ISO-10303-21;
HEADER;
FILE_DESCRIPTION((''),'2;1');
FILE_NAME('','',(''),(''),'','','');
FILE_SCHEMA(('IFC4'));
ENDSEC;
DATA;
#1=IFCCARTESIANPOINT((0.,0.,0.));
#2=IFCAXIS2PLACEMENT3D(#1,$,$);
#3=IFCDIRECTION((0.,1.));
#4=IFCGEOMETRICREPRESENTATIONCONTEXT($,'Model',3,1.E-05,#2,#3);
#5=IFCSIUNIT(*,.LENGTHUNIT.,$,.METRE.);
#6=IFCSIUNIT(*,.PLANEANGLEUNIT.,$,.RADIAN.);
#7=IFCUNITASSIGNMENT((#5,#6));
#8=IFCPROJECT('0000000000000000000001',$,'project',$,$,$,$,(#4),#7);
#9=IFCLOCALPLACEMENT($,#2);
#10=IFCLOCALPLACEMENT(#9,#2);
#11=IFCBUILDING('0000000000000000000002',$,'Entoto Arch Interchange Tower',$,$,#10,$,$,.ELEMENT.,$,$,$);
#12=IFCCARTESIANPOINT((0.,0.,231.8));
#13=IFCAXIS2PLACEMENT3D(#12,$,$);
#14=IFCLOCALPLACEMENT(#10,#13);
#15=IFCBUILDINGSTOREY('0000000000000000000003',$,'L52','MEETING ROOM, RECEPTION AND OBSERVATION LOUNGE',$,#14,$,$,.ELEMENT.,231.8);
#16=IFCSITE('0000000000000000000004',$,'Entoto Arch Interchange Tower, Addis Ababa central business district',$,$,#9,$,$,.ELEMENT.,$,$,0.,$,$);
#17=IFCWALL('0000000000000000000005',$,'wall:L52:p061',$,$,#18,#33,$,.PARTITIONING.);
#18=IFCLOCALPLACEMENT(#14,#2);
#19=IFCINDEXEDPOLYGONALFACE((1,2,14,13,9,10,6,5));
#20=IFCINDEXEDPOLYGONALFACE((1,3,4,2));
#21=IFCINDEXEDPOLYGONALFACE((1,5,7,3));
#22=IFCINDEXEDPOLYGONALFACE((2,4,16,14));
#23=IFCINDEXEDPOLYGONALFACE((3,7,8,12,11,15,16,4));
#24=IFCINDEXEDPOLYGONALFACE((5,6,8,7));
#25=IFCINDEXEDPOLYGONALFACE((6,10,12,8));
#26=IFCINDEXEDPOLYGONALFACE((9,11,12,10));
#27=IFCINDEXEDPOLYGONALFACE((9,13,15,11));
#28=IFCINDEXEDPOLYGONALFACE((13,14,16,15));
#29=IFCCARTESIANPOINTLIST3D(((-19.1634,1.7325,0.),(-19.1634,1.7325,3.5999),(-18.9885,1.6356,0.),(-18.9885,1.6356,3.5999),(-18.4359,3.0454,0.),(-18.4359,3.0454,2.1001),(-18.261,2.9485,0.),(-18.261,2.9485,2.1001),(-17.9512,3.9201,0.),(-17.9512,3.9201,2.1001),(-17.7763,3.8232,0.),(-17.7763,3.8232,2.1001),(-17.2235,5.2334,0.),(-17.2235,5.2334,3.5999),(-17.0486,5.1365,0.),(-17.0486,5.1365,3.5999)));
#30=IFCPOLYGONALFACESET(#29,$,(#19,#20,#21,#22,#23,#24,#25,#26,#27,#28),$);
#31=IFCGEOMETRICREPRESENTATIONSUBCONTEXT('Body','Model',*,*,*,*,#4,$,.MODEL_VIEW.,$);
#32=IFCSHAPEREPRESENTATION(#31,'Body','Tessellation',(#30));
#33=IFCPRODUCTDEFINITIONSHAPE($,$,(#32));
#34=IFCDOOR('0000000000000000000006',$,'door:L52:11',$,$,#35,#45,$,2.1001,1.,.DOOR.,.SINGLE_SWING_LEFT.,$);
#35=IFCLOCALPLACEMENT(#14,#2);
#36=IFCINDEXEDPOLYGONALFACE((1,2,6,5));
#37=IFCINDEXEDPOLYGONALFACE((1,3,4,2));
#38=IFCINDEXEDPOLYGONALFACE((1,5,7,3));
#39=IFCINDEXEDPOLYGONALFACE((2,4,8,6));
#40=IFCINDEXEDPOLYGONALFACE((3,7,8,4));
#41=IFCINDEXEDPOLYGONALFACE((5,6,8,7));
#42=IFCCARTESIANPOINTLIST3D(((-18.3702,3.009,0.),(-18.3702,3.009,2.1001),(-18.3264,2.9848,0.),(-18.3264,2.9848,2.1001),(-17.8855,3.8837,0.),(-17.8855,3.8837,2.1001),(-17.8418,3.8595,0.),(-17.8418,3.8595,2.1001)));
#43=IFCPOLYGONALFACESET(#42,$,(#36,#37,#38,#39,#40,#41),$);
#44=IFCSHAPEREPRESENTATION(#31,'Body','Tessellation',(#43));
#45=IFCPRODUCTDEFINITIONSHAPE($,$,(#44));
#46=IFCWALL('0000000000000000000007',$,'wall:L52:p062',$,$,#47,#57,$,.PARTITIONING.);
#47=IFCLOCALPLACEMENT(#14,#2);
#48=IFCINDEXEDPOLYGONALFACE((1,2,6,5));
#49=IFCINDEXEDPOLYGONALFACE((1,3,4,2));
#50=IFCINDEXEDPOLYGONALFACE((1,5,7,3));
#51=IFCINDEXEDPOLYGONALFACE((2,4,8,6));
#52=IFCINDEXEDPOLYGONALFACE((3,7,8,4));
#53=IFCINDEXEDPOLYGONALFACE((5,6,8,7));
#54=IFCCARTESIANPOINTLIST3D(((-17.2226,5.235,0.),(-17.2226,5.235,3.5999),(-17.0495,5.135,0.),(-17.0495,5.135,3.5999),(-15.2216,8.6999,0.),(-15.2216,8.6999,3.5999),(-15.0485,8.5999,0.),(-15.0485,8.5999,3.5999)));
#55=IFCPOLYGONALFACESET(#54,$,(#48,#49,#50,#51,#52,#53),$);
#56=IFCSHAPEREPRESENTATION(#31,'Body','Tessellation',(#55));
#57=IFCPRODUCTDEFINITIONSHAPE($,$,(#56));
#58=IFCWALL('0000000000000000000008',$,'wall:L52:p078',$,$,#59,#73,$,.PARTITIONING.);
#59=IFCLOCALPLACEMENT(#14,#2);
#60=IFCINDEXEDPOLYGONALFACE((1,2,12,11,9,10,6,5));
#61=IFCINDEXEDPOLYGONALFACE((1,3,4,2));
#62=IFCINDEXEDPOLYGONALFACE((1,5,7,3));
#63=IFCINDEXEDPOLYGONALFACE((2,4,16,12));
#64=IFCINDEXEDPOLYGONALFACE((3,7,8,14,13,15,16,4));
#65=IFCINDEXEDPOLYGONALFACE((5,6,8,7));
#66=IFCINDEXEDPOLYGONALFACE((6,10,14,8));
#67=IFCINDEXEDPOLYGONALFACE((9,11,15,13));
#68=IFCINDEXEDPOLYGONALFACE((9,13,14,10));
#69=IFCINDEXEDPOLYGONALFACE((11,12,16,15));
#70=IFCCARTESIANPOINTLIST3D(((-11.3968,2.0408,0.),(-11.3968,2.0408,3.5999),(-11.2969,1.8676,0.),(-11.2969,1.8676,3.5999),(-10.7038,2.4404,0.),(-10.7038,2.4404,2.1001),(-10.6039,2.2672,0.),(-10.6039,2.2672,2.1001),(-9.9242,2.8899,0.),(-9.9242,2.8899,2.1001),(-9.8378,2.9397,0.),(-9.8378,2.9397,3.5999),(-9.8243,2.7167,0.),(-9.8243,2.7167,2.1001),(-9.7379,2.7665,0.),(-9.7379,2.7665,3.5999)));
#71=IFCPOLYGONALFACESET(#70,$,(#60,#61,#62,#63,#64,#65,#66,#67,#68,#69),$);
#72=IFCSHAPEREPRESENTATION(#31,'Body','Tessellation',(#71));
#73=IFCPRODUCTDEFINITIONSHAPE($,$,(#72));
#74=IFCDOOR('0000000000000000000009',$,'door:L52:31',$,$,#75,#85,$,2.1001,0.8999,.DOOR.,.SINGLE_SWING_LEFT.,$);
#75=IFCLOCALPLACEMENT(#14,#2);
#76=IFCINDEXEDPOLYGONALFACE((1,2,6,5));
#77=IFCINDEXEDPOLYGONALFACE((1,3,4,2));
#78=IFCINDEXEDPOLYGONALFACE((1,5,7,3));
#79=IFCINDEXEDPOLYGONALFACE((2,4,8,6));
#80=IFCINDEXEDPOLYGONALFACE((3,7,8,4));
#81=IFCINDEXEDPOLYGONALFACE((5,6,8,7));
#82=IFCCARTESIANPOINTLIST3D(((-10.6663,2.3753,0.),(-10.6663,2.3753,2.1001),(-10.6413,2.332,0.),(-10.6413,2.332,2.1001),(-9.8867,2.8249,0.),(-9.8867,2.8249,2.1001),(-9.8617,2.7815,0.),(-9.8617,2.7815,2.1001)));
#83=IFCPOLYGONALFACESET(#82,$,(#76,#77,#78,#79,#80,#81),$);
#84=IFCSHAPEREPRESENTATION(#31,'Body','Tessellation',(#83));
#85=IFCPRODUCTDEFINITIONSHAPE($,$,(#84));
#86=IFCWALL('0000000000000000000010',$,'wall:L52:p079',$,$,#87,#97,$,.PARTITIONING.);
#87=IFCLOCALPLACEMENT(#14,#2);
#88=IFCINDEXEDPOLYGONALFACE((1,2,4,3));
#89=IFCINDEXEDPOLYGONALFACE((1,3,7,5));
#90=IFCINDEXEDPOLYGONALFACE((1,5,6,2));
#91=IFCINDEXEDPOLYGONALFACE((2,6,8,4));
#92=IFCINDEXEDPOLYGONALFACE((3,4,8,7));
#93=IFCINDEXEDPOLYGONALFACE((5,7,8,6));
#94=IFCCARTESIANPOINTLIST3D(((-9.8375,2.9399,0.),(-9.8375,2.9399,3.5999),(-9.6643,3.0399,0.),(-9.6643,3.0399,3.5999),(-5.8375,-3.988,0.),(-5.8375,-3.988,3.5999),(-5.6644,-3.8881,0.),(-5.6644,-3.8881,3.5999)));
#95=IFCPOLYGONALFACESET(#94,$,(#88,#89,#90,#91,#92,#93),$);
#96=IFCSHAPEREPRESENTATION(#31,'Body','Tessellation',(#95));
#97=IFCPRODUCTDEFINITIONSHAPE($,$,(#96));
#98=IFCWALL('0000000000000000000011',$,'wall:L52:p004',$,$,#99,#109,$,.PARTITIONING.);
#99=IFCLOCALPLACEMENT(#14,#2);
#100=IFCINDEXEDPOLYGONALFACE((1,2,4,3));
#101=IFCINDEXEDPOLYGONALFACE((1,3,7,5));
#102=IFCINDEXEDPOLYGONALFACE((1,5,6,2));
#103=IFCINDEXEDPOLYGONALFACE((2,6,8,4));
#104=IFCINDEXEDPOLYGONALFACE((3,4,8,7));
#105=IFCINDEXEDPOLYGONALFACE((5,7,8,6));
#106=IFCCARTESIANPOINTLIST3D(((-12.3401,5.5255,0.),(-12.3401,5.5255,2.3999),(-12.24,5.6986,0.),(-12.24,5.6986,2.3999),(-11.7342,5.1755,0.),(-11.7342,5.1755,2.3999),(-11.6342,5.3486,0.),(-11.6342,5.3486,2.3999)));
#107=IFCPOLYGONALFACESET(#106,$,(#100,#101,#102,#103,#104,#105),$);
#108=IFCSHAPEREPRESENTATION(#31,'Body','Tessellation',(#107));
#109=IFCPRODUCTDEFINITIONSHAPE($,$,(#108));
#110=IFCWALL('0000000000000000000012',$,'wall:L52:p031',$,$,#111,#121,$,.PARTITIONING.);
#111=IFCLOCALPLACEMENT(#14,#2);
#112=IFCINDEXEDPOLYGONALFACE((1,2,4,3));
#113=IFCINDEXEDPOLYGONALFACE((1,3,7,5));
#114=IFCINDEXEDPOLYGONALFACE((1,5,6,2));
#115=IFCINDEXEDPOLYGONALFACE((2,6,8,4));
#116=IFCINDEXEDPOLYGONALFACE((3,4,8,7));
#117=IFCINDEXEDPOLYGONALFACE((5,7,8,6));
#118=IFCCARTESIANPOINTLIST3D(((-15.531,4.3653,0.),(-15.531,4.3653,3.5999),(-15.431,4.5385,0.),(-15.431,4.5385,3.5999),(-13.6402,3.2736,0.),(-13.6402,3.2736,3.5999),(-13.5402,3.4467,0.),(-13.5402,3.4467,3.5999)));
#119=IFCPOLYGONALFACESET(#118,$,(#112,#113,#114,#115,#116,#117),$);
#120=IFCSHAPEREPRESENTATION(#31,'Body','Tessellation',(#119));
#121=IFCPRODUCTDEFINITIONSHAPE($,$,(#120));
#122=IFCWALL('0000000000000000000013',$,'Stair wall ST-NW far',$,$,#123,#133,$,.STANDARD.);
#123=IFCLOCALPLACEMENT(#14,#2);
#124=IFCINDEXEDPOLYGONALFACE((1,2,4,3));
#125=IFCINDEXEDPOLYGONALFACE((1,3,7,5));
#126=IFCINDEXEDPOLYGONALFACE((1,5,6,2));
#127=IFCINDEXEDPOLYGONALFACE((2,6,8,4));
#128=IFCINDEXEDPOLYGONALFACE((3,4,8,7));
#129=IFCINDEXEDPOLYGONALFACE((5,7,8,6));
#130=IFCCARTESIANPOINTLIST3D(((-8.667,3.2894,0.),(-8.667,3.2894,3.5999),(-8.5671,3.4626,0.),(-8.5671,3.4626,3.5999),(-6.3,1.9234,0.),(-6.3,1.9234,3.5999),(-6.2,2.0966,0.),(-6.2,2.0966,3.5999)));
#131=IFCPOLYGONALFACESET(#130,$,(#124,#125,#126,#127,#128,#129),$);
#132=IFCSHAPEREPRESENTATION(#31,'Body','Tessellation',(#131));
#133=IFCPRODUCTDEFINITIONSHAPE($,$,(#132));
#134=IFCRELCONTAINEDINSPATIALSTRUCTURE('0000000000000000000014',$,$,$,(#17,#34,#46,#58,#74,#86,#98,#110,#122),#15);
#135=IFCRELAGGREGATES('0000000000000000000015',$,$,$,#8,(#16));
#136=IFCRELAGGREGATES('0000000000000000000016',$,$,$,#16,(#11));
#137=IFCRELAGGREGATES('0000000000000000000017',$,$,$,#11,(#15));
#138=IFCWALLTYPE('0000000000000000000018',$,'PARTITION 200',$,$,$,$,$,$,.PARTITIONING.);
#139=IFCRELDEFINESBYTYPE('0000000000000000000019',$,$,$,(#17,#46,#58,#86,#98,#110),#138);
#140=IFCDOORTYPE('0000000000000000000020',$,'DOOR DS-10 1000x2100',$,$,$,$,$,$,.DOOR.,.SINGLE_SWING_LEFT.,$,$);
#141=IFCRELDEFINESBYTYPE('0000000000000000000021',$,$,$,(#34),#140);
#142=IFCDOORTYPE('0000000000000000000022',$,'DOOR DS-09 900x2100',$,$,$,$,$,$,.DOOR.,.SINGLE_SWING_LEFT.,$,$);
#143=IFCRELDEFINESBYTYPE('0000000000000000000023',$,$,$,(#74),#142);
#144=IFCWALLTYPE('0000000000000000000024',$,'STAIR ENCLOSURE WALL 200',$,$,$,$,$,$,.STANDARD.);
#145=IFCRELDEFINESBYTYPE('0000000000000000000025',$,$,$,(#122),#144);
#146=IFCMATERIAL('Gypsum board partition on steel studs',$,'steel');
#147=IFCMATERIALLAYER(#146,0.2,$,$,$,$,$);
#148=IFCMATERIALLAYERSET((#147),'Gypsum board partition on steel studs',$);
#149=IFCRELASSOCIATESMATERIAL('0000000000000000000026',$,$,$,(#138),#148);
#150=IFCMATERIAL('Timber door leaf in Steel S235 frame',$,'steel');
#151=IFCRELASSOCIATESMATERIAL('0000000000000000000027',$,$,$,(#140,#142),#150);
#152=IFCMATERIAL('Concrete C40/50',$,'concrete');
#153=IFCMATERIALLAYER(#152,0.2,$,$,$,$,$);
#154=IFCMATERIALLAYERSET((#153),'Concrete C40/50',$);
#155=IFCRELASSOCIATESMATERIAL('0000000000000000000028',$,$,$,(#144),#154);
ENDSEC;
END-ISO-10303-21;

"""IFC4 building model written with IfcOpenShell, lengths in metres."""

from ifc_helpers import new_model, si_unit, direction, frame, frame_2d, origin, place, context, subcontext, project, spatial, rectangle, extrude, material, layer, layer_set, type_object, element, fill, save


model = new_model("IFC4")

# Units and contexts
model_context = context("Model", 3, precision=1e-05, world=origin(), true_north=direction((0.0, 1.0)))
body_context = subcontext(model_context, "Body", "Model", "MODEL_VIEW")
ifc_project = project(units=[si_unit("LENGTHUNIT", "METRE"), si_unit("PLANEANGLEUNIT", "RADIAN")], contexts=[model_context])

# Site, building, storey
site_placement = place(None, origin())
site = spatial("IfcSite", under=ifc_project, at=site_placement, Name="Entoto Arch Interchange Tower, Addis Ababa central business district", CompositionType="ELEMENT", RefElevation=0.0)
building_placement = place(site_placement, origin())
building = spatial("IfcBuilding", under=site, at=building_placement, Name="Entoto Arch Interchange Tower", CompositionType="ELEMENT")
storey_placement = place(building_placement, frame((0.0, 0.0, 231.8)))
storey = spatial("IfcBuildingStorey", under=building, at=storey_placement, Name="L52", Description="MEETING ROOM, RECEPTION AND OBSERVATION LOUNGE", CompositionType="ELEMENT", Elevation=231.8)

# Shared definitions
ifc_material_1 = material(Name="Concrete C40/50", Category="concrete")
ifc_material_2 = material(Name="Gypsum board partition on steel studs", Category="steel")
ifc_layer_1 = layer(ifc_material_2, 0.2)
ifc_layer_set_1 = layer_set([ifc_layer_1], Name="Gypsum board partition on steel studs")
wall_type_1 = type_object("IfcWallType", Name="PARTITION 200", PredefinedType="PARTITIONING", material=ifc_layer_set_1)

# Shared definitions
ifc_material_3 = material(Name="Timber door leaf in Steel S235 frame", Category="steel")
door_type_1 = type_object("IfcDoorType", Name="DOOR DS-10 1000x2100", OperationType="SINGLE_SWING_LEFT", PredefinedType="DOOR", material=ifc_material_3)

# Wall, opening, door
wall_1_placement = place(storey_placement, frame((-19.0759, 1.6841, 0.0), z_axis=(0.0, 0.0, 1.0), x_axis=(0.484679, 0.874692, 0.0)))
wall_1 = element("IfcWall", 1, at=wall_1_placement, inside=storey, type_object=wall_type_1, Name="wall:L52:p061", PredefinedType="PARTITIONING", context=body_context, shape_type="SweptSolid", body=[
    extrude(rectangle(XDim=4.0024, YDim=0.2, at=frame_2d((2.0012, 0.0))), origin(), (0.0, 0.0, 1.0), 3.5999),
])
opening_1_placement = place(wall_1_placement, frame((1.501, 0.0, 0.0)))
opening_1 = element("IfcOpeningElement", 2, at=opening_1_placement, cuts=wall_1, PredefinedType="OPENING", context=body_context, shape_type="SweptSolid", body=[
    extrude(rectangle(XDim=1.0, YDim=2.1001, at=frame_2d((0.5, 1.05))), frame((0.0, 0.1099, 0.0), z_axis=(0.0, -1.0, 0.0), x_axis=(1.0, 0.0, 0.0)), (0.0, 0.0, 1.0), 0.22),
])
door_1_placement = place(opening_1_placement, origin())
door_1 = element("IfcDoor", 3, at=door_1_placement, inside=storey, type_object=door_type_1, Name="door:L52:11", OperationType="SINGLE_SWING_LEFT", OverallHeight=2.1001, OverallWidth=1.0, PredefinedType="DOOR", context=body_context, shape_type="SweptSolid", body=[
    extrude(rectangle(XDim=1.0, YDim=2.1001, at=frame_2d((0.5, 1.05))), frame((0.0, 0.0249, 0.0), z_axis=(0.0, -1.0, 0.0), x_axis=(1.0, 0.0, 0.0)), (0.0, 0.0, 1.0), 0.05),
])
fill(opening_1, door_1)

# Wall
wall_2_placement = place(storey_placement, frame((-17.136, 5.1851, 0.0), z_axis=(0.0, 0.0, 1.0), x_axis=(0.500103, 0.865966, 0.0)))
element("IfcWall", 4, at=wall_2_placement, inside=storey, type_object=wall_type_1, Name="wall:L52:p062", PredefinedType="PARTITIONING", context=body_context, shape_type="SweptSolid", body=[
    extrude(rectangle(XDim=4.0012, YDim=0.2, at=frame_2d((2.0005, 0.0))), origin(), (0.0, 0.0, 1.0), 3.5999),
])

# Wall, opening, door
wall_3_placement = place(storey_placement, frame((-11.3469, 1.9541, 0.0), z_axis=(0.0, 0.0, 1.0), x_axis=(0.866283, 0.499554, 0.0)))
wall_3 = element("IfcWall", 5, at=wall_3_placement, inside=storey, type_object=wall_type_1, Name="wall:L52:p078", PredefinedType="PARTITIONING", context=body_context, shape_type="SweptSolid", body=[
    extrude(rectangle(XDim=1.7996, YDim=0.2, at=frame_2d((0.8999, 0.0))), origin(), (0.0, 0.0, 1.0), 3.5999),
])
opening_2_placement = place(wall_3_placement, frame((0.8, 0.0, 0.0)))
opening_2 = element("IfcOpeningElement", 6, at=opening_2_placement, cuts=wall_3, PredefinedType="OPENING", context=body_context, shape_type="SweptSolid", body=[
    extrude(rectangle(XDim=0.8999, YDim=2.1001, at=frame_2d((0.45, 1.05))), frame((0.0, 0.1099, 0.0), z_axis=(0.0, -1.0, 0.0), x_axis=(1.0, 0.0, 0.0)), (0.0, 0.0, 1.0), 0.22),
])
door_type_2 = type_object("IfcDoorType", Name="DOOR DS-09 900x2100", OperationType="SINGLE_SWING_LEFT", PredefinedType="DOOR", material=ifc_material_3)
door_2_placement = place(opening_2_placement, origin())
door_2 = element("IfcDoor", 7, at=door_2_placement, inside=storey, type_object=door_type_2, Name="door:L52:31", OperationType="SINGLE_SWING_LEFT", OverallHeight=2.1001, OverallWidth=0.8999, PredefinedType="DOOR", context=body_context, shape_type="SweptSolid", body=[
    extrude(rectangle(XDim=0.8999, YDim=2.1001, at=frame_2d((0.45, 1.05))), frame((0.0, 0.0249, 0.0), z_axis=(0.0, -1.0, 0.0), x_axis=(1.0, 0.0, 0.0)), (0.0, 0.0, 1.0), 0.05),
])
fill(opening_2, door_2)

# Walls
wall_4_placement = place(storey_placement, frame((-9.751, 2.99, 0.0), z_axis=(0.0, 0.0, 1.0), x_axis=(0.500012, -0.866018, 0.0)))
element("IfcWall", 8, at=wall_4_placement, inside=storey, type_object=wall_type_1, Name="wall:L52:p079", PredefinedType="PARTITIONING", context=body_context, shape_type="SweptSolid", body=[
    extrude(rectangle(XDim=7.9998, YDim=0.2, at=frame_2d((4.0, 0.0))), origin(), (0.0, 0.0, 1.0), 3.5999),
])
wall_5_placement = place(storey_placement, frame((-12.29, 5.6121, 0.0), z_axis=(0.0, 0.0, 1.0), x_axis=(0.865872, -0.500266, 0.0)))
element("IfcWall", 9, at=wall_5_placement, inside=storey, type_object=wall_type_1, Name="wall:L52:p004", PredefinedType="PARTITIONING", context=body_context, shape_type="SweptSolid", body=[
    extrude(rectangle(XDim=0.6997, YDim=0.2, at=frame_2d((0.3499, 0.0))), origin(), (0.0, 0.0, 1.0), 2.3999),
])
wall_6_placement = place(storey_placement, frame((-13.5901, 3.3601, 0.0), z_axis=(0.0, 0.0, 1.0), x_axis=(-0.866005, 0.500035, 0.0)))
element("IfcWall", 10, at=wall_6_placement, inside=storey, type_object=wall_type_1, Name="wall:L52:p031", PredefinedType="PARTITIONING", context=body_context, shape_type="SweptSolid", body=[
    extrude(rectangle(XDim=2.1833, YDim=0.2, at=frame_2d((1.0918, 0.0))), origin(), (0.0, 0.0, 1.0), 3.5999),
])
ifc_layer_2 = layer(ifc_material_1, 0.2)
ifc_layer_set_2 = layer_set([ifc_layer_2], Name="Concrete C40/50")
wall_type_2 = type_object("IfcWallType", Name="STAIR ENCLOSURE WALL 200", PredefinedType="STANDARD", material=ifc_layer_set_2)
wall_7_placement = place(storey_placement, frame((-6.25, 2.01, 0.0), z_axis=(0.0, 0.0, 1.0), x_axis=(-0.866119, 0.499838, 0.0)))
element("IfcWall", 11, at=wall_7_placement, inside=storey, type_object=wall_type_2, Name="Stair wall ST-NW far", PredefinedType="STANDARD", context=body_context, shape_type="SweptSolid", body=[
    extrude(rectangle(XDim=2.7329, YDim=0.2, at=frame_2d((1.3665, 0.0))), origin(), (0.0, 0.0, 1.0), 3.5999),
])

save(model, "model.ifc")
